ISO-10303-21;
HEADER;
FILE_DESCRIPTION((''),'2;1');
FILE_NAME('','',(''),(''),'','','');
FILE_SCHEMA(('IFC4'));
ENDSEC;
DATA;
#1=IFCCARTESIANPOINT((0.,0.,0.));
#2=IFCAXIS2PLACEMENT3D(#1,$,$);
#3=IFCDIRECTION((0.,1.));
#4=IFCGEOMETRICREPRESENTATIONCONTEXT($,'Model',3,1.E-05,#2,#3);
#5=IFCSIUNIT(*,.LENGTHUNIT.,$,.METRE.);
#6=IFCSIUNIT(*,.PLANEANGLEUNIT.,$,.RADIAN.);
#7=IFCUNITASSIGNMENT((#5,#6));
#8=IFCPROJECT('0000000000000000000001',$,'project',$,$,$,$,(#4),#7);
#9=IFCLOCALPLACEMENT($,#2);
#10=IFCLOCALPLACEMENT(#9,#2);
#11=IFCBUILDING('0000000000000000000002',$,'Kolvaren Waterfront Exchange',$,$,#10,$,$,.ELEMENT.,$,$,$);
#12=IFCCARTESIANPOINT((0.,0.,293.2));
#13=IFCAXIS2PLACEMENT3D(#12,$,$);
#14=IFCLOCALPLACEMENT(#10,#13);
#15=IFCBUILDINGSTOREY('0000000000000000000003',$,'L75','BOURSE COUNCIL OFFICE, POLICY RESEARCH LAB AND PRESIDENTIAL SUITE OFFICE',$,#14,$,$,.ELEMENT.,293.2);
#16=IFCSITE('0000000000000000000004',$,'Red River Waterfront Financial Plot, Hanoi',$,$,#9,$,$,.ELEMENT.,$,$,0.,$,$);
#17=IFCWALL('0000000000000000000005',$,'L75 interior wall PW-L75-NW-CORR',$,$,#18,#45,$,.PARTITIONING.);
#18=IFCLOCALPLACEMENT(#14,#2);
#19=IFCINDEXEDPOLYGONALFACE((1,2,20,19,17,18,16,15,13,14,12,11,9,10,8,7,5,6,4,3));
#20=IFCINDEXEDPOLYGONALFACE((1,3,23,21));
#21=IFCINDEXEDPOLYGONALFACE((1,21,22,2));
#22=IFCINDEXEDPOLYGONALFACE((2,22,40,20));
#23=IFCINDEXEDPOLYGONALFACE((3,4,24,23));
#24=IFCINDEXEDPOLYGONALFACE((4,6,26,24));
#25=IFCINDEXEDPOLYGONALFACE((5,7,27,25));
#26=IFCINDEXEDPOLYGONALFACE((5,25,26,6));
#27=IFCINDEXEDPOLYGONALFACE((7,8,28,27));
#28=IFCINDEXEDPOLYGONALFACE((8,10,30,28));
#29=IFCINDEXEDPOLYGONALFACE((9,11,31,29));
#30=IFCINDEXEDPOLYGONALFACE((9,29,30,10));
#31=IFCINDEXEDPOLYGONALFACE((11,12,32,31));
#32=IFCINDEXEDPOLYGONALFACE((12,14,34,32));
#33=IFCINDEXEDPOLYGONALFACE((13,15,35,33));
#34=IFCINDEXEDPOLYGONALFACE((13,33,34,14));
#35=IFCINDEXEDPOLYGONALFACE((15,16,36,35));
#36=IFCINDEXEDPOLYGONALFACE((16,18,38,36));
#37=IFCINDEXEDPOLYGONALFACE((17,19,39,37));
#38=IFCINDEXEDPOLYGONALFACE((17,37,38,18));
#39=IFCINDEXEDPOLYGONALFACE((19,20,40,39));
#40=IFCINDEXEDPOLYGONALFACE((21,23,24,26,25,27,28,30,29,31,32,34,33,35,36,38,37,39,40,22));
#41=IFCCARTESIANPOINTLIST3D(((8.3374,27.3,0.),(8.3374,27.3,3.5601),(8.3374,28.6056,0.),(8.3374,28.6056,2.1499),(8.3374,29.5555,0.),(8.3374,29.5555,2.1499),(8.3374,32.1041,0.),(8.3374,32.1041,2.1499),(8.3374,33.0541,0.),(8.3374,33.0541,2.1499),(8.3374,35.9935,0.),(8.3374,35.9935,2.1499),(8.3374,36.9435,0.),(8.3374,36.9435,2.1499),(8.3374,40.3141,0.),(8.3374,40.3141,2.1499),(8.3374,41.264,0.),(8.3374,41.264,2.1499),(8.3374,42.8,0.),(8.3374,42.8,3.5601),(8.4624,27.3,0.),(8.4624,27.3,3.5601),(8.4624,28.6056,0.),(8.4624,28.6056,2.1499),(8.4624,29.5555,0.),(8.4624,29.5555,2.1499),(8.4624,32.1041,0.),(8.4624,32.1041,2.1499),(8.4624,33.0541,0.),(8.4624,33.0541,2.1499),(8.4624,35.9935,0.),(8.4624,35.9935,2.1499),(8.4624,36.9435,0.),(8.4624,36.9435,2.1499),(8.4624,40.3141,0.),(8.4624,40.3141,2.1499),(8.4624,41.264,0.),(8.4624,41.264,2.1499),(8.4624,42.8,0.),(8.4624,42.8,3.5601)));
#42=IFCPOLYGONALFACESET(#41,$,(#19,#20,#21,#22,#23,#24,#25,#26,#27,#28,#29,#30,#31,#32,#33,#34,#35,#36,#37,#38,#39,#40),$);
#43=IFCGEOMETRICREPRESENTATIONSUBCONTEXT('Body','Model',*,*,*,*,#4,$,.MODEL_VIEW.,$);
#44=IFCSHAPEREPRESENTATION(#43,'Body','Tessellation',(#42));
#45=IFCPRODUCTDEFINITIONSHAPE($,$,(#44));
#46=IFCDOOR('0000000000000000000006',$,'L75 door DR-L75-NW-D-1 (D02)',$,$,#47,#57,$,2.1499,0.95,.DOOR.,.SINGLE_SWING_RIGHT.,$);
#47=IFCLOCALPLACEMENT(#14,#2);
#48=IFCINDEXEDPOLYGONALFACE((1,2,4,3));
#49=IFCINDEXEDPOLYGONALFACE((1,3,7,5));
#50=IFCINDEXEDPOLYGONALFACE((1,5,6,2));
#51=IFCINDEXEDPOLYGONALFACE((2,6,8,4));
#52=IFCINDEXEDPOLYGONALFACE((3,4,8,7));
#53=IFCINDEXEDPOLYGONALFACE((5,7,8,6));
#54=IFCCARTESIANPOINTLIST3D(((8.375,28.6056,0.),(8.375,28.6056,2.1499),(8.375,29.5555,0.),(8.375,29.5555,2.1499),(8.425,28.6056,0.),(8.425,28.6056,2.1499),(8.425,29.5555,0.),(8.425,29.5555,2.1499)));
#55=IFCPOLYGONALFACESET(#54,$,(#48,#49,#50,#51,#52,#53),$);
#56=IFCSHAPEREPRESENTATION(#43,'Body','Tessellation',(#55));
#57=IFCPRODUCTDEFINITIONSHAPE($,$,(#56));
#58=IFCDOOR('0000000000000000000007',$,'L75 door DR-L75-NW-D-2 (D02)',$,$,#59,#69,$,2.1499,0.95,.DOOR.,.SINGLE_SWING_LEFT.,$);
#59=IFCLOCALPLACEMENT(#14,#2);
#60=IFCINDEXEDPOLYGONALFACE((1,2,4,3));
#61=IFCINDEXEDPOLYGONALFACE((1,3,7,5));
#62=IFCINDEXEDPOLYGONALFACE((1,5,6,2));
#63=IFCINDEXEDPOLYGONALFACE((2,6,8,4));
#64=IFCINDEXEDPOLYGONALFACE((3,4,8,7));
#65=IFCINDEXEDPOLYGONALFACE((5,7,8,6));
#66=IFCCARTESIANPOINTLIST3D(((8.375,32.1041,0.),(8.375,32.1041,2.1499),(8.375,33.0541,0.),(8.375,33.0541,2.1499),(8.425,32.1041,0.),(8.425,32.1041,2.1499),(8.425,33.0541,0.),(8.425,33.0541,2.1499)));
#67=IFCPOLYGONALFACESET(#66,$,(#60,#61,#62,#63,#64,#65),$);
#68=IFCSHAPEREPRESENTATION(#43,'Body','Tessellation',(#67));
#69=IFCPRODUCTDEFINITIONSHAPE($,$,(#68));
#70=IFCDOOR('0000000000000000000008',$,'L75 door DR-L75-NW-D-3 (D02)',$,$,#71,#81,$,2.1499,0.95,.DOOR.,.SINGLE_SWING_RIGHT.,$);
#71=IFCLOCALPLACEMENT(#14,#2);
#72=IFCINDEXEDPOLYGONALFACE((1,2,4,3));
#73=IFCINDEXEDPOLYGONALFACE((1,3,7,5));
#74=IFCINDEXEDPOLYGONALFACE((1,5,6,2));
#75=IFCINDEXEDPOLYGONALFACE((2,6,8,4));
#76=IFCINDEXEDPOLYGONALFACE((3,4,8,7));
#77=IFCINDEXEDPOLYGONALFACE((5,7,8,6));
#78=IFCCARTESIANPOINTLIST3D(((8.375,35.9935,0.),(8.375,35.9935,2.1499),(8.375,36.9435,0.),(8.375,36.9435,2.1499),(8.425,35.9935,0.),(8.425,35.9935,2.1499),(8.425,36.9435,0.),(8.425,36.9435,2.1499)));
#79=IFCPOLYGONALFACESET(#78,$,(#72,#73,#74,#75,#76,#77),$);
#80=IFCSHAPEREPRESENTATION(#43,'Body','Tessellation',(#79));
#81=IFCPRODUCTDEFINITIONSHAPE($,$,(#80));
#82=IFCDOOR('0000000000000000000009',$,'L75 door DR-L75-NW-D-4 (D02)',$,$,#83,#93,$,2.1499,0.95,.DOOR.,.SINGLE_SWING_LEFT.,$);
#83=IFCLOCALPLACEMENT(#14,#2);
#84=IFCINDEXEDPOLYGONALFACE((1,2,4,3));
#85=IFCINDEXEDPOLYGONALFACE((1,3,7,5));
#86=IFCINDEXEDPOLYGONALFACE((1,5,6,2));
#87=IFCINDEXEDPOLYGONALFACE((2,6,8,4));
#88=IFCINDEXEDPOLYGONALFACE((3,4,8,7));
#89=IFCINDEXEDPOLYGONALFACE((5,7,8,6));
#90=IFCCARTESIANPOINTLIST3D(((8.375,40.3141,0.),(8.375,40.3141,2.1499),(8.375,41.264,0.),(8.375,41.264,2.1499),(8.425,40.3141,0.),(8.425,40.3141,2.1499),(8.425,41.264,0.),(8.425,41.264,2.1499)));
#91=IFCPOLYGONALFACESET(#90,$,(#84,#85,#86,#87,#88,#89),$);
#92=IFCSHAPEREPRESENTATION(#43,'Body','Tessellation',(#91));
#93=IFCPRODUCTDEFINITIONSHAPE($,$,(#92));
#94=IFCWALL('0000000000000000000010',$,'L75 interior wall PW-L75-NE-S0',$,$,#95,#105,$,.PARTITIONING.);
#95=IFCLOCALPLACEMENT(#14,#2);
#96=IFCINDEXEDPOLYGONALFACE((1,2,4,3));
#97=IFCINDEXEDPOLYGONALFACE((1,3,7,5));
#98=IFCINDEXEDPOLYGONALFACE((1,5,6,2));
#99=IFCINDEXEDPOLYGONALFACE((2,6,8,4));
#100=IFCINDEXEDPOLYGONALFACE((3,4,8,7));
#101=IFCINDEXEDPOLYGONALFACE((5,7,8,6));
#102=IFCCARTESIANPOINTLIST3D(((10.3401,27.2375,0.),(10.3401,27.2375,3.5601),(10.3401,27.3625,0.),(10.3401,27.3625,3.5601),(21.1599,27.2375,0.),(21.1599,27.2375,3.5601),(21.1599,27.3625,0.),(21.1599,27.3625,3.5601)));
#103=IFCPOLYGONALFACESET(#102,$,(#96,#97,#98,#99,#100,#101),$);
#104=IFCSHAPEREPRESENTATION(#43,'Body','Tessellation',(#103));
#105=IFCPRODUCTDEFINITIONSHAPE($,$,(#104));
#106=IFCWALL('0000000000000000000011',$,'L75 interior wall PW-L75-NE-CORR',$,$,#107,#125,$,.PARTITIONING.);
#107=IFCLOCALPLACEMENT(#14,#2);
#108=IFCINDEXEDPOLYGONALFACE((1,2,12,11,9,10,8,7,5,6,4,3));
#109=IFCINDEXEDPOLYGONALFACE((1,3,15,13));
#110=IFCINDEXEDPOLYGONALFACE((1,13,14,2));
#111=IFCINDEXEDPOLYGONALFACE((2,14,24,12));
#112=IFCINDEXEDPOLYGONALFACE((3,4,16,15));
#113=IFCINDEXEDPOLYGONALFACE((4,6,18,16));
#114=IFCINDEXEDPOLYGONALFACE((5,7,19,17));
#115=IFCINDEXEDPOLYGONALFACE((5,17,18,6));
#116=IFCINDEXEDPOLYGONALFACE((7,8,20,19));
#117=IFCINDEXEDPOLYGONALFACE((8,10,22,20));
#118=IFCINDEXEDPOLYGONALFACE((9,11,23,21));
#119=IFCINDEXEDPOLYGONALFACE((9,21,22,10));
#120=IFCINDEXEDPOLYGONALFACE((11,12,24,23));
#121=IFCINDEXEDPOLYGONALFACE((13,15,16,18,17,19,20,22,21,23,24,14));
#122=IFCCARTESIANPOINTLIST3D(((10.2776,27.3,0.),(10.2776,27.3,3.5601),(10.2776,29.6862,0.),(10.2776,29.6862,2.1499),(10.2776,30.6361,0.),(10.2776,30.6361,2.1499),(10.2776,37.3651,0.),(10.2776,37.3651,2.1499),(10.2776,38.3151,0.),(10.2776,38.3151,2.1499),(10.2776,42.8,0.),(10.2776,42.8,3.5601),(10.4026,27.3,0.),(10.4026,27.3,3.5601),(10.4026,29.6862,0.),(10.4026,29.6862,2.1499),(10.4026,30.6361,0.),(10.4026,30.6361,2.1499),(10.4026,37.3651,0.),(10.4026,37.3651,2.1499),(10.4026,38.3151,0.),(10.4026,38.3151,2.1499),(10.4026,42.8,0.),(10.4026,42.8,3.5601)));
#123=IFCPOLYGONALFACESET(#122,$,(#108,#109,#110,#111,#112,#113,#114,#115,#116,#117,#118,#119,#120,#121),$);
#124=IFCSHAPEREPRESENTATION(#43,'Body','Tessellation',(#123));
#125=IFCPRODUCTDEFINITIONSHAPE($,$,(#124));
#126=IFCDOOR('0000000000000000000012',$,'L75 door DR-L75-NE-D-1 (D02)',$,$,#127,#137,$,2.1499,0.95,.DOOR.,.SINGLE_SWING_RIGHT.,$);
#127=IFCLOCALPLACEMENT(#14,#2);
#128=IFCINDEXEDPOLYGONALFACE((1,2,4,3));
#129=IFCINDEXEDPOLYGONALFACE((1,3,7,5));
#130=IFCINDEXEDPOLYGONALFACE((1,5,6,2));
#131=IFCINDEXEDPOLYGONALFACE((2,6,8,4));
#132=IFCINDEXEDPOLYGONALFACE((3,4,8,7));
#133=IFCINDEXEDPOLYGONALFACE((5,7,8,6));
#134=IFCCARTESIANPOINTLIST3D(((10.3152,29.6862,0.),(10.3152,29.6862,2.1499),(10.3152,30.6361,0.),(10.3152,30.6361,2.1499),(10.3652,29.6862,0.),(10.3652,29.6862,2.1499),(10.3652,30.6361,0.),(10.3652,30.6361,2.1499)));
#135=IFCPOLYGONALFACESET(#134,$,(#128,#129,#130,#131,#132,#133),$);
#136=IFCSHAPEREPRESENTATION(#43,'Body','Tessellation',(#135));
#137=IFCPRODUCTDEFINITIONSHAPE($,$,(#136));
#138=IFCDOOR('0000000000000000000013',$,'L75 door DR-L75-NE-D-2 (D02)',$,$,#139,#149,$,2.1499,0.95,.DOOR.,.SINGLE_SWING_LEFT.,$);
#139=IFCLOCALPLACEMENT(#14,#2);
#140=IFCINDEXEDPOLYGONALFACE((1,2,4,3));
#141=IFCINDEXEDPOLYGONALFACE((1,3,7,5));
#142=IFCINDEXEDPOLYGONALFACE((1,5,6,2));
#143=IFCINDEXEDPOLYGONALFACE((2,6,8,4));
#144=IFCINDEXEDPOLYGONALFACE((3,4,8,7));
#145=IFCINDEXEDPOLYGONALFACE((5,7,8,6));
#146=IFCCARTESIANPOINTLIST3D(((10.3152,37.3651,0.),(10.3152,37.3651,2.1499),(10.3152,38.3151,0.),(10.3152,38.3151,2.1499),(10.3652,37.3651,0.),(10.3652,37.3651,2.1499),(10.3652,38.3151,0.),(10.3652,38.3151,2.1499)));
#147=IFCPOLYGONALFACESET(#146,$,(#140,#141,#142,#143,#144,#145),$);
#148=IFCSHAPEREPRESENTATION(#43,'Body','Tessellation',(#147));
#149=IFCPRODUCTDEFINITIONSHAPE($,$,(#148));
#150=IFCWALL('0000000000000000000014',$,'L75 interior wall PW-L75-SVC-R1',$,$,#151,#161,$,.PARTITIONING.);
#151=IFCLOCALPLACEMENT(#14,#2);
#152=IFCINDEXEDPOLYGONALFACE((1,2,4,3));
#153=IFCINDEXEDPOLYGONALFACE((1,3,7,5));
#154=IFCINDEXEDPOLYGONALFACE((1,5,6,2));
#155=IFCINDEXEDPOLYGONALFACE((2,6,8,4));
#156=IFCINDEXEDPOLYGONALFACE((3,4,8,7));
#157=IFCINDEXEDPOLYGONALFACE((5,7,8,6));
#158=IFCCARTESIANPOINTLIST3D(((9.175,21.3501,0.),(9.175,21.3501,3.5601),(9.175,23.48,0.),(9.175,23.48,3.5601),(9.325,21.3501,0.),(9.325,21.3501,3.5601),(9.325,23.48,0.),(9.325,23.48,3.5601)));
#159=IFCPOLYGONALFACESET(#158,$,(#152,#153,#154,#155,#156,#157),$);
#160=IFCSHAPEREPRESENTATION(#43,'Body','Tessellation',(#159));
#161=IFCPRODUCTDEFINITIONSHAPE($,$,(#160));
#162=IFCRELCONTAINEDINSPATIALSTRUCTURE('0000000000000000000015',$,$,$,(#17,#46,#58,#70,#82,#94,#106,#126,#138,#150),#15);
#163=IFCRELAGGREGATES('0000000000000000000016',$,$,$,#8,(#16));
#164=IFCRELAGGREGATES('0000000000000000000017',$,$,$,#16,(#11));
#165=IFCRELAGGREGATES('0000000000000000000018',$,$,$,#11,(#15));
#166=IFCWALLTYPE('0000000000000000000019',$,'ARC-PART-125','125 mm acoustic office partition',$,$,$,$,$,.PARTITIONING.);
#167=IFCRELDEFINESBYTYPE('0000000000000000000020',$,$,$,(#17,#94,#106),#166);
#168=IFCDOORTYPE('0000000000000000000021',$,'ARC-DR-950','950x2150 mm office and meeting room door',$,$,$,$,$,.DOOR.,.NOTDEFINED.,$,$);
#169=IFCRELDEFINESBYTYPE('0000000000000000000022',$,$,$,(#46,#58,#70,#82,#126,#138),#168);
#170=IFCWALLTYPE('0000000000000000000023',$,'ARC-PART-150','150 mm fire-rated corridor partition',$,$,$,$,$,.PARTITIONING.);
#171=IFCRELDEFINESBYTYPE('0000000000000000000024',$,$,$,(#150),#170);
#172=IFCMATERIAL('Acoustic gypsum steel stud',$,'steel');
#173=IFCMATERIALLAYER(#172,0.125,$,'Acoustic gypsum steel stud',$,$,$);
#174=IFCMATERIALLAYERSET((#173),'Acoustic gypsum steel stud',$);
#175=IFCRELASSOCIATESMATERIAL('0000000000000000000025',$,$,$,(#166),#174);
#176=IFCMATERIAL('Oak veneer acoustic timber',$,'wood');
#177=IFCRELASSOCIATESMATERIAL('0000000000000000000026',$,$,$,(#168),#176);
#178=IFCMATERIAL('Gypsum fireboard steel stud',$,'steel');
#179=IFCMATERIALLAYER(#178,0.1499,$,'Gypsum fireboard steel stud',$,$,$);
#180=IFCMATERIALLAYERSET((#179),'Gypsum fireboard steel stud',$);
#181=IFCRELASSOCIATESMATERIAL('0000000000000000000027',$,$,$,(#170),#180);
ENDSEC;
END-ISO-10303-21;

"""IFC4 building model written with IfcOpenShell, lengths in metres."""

from ifc_helpers import new_model, si_unit, direction, frame, frame_2d, origin, place, context, subcontext, project, spatial, rectangle, extrude, material, layer, layer_set, type_object, element, fill, save


model = new_model("IFC4")

# Units and contexts
model_context = context("Model", 3, precision=1e-05, world=origin(), true_north=direction((0.0, 1.0)))
body_context = subcontext(model_context, "Body", "Model", "MODEL_VIEW")
ifc_project = project(units=[si_unit("LENGTHUNIT", "METRE"), si_unit("PLANEANGLEUNIT", "RADIAN")], contexts=[model_context])

# Site, building, storey
site_placement = place(None, origin())
site = spatial("IfcSite", under=ifc_project, at=site_placement, Name="Red River Waterfront Financial Plot, Hanoi", CompositionType="ELEMENT", RefElevation=0.0)
building_placement = place(site_placement, origin())
building = spatial("IfcBuilding", under=site, at=building_placement, Name="Kolvaren Waterfront Exchange", CompositionType="ELEMENT")
storey_placement = place(building_placement, frame((0.0, 0.0, 293.2)))
storey = spatial("IfcBuildingStorey", under=building, at=storey_placement, Name="L75", Description="BOURSE COUNCIL OFFICE, POLICY RESEARCH LAB AND PRESIDENTIAL SUITE OFFICE", CompositionType="ELEMENT", Elevation=293.2)

# Shared definitions
ifc_material_1 = material(Name="Acoustic gypsum steel stud", Category="steel")
ifc_layer_1 = layer(ifc_material_1, 0.125, Name="Acoustic gypsum steel stud")
ifc_layer_set_1 = layer_set([ifc_layer_1], Name="Acoustic gypsum steel stud")
wall_type_1 = type_object("IfcWallType", Name="ARC-PART-125", Description="125 mm acoustic office partition", PredefinedType="PARTITIONING", material=ifc_layer_set_1)

# Wall, openings, doors
wall_1_placement = place(storey_placement, frame((8.3999, 27.3, 0.0), z_axis=(0.0, 0.0, 1.0), x_axis=(0.0, 1.0, 0.0)))
wall_1 = element("IfcWall", 1, at=wall_1_placement, inside=storey, type_object=wall_type_1, Name="L75 interior wall PW-L75-NW-CORR", PredefinedType="PARTITIONING", context=body_context, shape_type="SweptSolid", body=[
    extrude(rectangle(XDim=15.5, YDim=0.125, at=frame_2d((7.75, 0.0))), origin(), (0.0, 0.0, 1.0), 3.5601),
])
opening_1_placement = place(wall_1_placement, frame((1.3054, 0.0, 0.0)))
opening_1 = element("IfcOpeningElement", 2, at=opening_1_placement, cuts=wall_1, PredefinedType="OPENING", context=body_context, shape_type="SweptSolid", body=[
    extrude(rectangle(XDim=0.95, YDim=2.1499, at=frame_2d((0.4751, 1.075))), frame((0.0, 0.0725, 0.0), z_axis=(0.0, -1.0, 0.0), x_axis=(1.0, 0.0, 0.0)), (0.0, 0.0, 1.0), 0.145),
])
opening_2_placement = place(wall_1_placement, frame((4.804, 0.0, 0.0)))
opening_2 = element("IfcOpeningElement", 3, at=opening_2_placement, cuts=wall_1, PredefinedType="OPENING", context=body_context, shape_type="SweptSolid", body=[
    extrude(rectangle(XDim=0.95, YDim=2.1499, at=frame_2d((0.4751, 1.075))), frame((0.0, 0.0725, 0.0), z_axis=(0.0, -1.0, 0.0), x_axis=(1.0, 0.0, 0.0)), (0.0, 0.0, 1.0), 0.145),
])
opening_3_placement = place(wall_1_placement, frame((8.6934, 0.0, 0.0)))
opening_3 = element("IfcOpeningElement", 4, at=opening_3_placement, cuts=wall_1, PredefinedType="OPENING", context=body_context, shape_type="SweptSolid", body=[
    extrude(rectangle(XDim=0.95, YDim=2.1499, at=frame_2d((0.4751, 1.075))), frame((0.0, 0.0725, 0.0), z_axis=(0.0, -1.0, 0.0), x_axis=(1.0, 0.0, 0.0)), (0.0, 0.0, 1.0), 0.145),
])
opening_4_placement = place(wall_1_placement, frame((13.0139, 0.0, 0.0)))
opening_4 = element("IfcOpeningElement", 5, at=opening_4_placement, cuts=wall_1, PredefinedType="OPENING", context=body_context, shape_type="SweptSolid", body=[
    extrude(rectangle(XDim=0.95, YDim=2.1499, at=frame_2d((0.4751, 1.075))), frame((0.0, 0.0725, 0.0), z_axis=(0.0, -1.0, 0.0), x_axis=(1.0, 0.0, 0.0)), (0.0, 0.0, 1.0), 0.145),
])
ifc_material_2 = material(Name="Oak veneer acoustic timber", Category="wood")
door_type_1 = type_object("IfcDoorType", Name="ARC-DR-950", Description="950x2150 mm office and meeting room door", OperationType="NOTDEFINED", PredefinedType="DOOR", material=ifc_material_2)
door_1_placement = place(opening_1_placement, origin())
door_1 = element("IfcDoor", 6, at=door_1_placement, inside=storey, type_object=door_type_1, Name="L75 door DR-L75-NW-D-1 (D02)", OperationType="SINGLE_SWING_RIGHT", OverallHeight=2.1499, OverallWidth=0.95, PredefinedType="DOOR", context=body_context, shape_type="SweptSolid", body=[
    extrude(rectangle(XDim=0.95, YDim=2.1499, at=frame_2d((0.4751, 1.075))), frame((0.0, 0.0249, 0.0), z_axis=(0.0, -1.0, 0.0), x_axis=(1.0, 0.0, 0.0)), (0.0, 0.0, 1.0), 0.05),
])
fill(opening_1, door_1)
door_2_placement = place(opening_2_placement, origin())
door_2 = element("IfcDoor", 7, at=door_2_placement, inside=storey, type_object=door_type_1, Name="L75 door DR-L75-NW-D-2 (D02)", OperationType="SINGLE_SWING_LEFT", OverallHeight=2.1499, OverallWidth=0.95, PredefinedType="DOOR", context=body_context, shape_type="SweptSolid", body=[
    extrude(rectangle(XDim=0.95, YDim=2.1499, at=frame_2d((0.4751, 1.075))), frame((0.0, 0.0249, 0.0), z_axis=(0.0, -1.0, 0.0), x_axis=(1.0, 0.0, 0.0)), (0.0, 0.0, 1.0), 0.05),
])
fill(opening_2, door_2)
door_3_placement = place(opening_3_placement, origin())
door_3 = element("IfcDoor", 8, at=door_3_placement, inside=storey, type_object=door_type_1, Name="L75 door DR-L75-NW-D-3 (D02)", OperationType="SINGLE_SWING_RIGHT", OverallHeight=2.1499, OverallWidth=0.95, PredefinedType="DOOR", context=body_context, shape_type="SweptSolid", body=[
    extrude(rectangle(XDim=0.95, YDim=2.1499, at=frame_2d((0.4751, 1.075))), frame((0.0, 0.0249, 0.0), z_axis=(0.0, -1.0, 0.0), x_axis=(1.0, 0.0, 0.0)), (0.0, 0.0, 1.0), 0.05),
])
fill(opening_3, door_3)
door_4_placement = place(opening_4_placement, origin())
door_4 = element("IfcDoor", 9, at=door_4_placement, inside=storey, type_object=door_type_1, Name="L75 door DR-L75-NW-D-4 (D02)", OperationType="SINGLE_SWING_LEFT", OverallHeight=2.1499, OverallWidth=0.95, PredefinedType="DOOR", context=body_context, shape_type="SweptSolid", body=[
    extrude(rectangle(XDim=0.95, YDim=2.1499, at=frame_2d((0.4751, 1.075))), frame((0.0, 0.0249, 0.0), z_axis=(0.0, -1.0, 0.0), x_axis=(1.0, 0.0, 0.0)), (0.0, 0.0, 1.0), 0.05),
])
fill(opening_4, door_4)

# Wall
wall_2_placement = place(storey_placement, frame((10.3401, 27.3, 0.0), z_axis=(0.0, 0.0, 1.0), x_axis=(1.0, 0.0, 0.0)))
element("IfcWall", 10, at=wall_2_placement, inside=storey, type_object=wall_type_1, Name="L75 interior wall PW-L75-NE-S0", PredefinedType="PARTITIONING", context=body_context, shape_type="SweptSolid", body=[
    extrude(rectangle(XDim=10.8198, YDim=0.125, at=frame_2d((5.4099, 0.0))), origin(), (0.0, 0.0, 1.0), 3.5601),
])

# Wall, openings, doors
wall_3_placement = place(storey_placement, frame((10.3401, 27.3, 0.0), z_axis=(0.0, 0.0, 1.0), x_axis=(0.0, 1.0, 0.0)))
wall_3 = element("IfcWall", 11, at=wall_3_placement, inside=storey, type_object=wall_type_1, Name="L75 interior wall PW-L75-NE-CORR", PredefinedType="PARTITIONING", context=body_context, shape_type="SweptSolid", body=[
    extrude(rectangle(XDim=15.5, YDim=0.125, at=frame_2d((7.75, 0.0))), origin(), (0.0, 0.0, 1.0), 3.5601),
])
opening_5_placement = place(wall_3_placement, frame((2.386, 0.0, 0.0)))
opening_5 = element("IfcOpeningElement", 12, at=opening_5_placement, cuts=wall_3, PredefinedType="OPENING", context=body_context, shape_type="SweptSolid", body=[
    extrude(rectangle(XDim=0.95, YDim=2.1499, at=frame_2d((0.4751, 1.075))), frame((0.0, 0.0725, 0.0), z_axis=(0.0, -1.0, 0.0), x_axis=(1.0, 0.0, 0.0)), (0.0, 0.0, 1.0), 0.145),
])
opening_6_placement = place(wall_3_placement, frame((10.0649, 0.0, 0.0)))
opening_6 = element("IfcOpeningElement", 13, at=opening_6_placement, cuts=wall_3, PredefinedType="OPENING", context=body_context, shape_type="SweptSolid", body=[
    extrude(rectangle(XDim=0.95, YDim=2.1499, at=frame_2d((0.4751, 1.075))), frame((0.0, 0.0725, 0.0), z_axis=(0.0, -1.0, 0.0), x_axis=(1.0, 0.0, 0.0)), (0.0, 0.0, 1.0), 0.145),
])
door_5_placement = place(opening_5_placement, origin())
door_5 = element("IfcDoor", 14, at=door_5_placement, inside=storey, type_object=door_type_1, Name="L75 door DR-L75-NE-D-1 (D02)", OperationType="SINGLE_SWING_RIGHT", OverallHeight=2.1499, OverallWidth=0.95, PredefinedType="DOOR", context=body_context, shape_type="SweptSolid", body=[
    extrude(rectangle(XDim=0.95, YDim=2.1499, at=frame_2d((0.4751, 1.075))), frame((0.0, 0.0249, 0.0), z_axis=(0.0, -1.0, 0.0), x_axis=(1.0, 0.0, 0.0)), (0.0, 0.0, 1.0), 0.05),
])
fill(opening_5, door_5)
door_6_placement = place(opening_6_placement, origin())
door_6 = element("IfcDoor", 15, at=door_6_placement, inside=storey, type_object=door_type_1, Name="L75 door DR-L75-NE-D-2 (D02)", OperationType="SINGLE_SWING_LEFT", OverallHeight=2.1499, OverallWidth=0.95, PredefinedType="DOOR", context=body_context, shape_type="SweptSolid", body=[
    extrude(rectangle(XDim=0.95, YDim=2.1499, at=frame_2d((0.4751, 1.075))), frame((0.0, 0.0249, 0.0), z_axis=(0.0, -1.0, 0.0), x_axis=(1.0, 0.0, 0.0)), (0.0, 0.0, 1.0), 0.05),
])
fill(opening_6, door_6)

# Wall
ifc_material_3 = material(Name="Gypsum fireboard steel stud", Category="steel")
ifc_layer_2 = layer(ifc_material_3, 0.1499, Name="Gypsum fireboard steel stud")
ifc_layer_set_2 = layer_set([ifc_layer_2], Name="Gypsum fireboard steel stud")
wall_type_2 = type_object("IfcWallType", Name="ARC-PART-150", Description="150 mm fire-rated corridor partition", PredefinedType="PARTITIONING", material=ifc_layer_set_2)
for number, where, z_axis, x_axis, name in (
    (16, (9.25, 21.3501, 0.0), (0.0, 0.0, 1.0), (0.0, 1.0, 0.0), "L75 interior wall PW-L75-SVC-R1"),
):
    element("IfcWall", number, at=place(storey_placement, frame(where, z_axis=z_axis, x_axis=x_axis)), inside=storey, type_object=wall_type_2, Name=name, PredefinedType="PARTITIONING", context=body_context, shape_type="SweptSolid", body=[
        extrude(rectangle(XDim=2.1299, YDim=0.1499, at=frame_2d((1.0649, 0.0))), origin(), (0.0, 0.0, 1.0), 3.5601),
    ])

save(model, "model.ifc")
